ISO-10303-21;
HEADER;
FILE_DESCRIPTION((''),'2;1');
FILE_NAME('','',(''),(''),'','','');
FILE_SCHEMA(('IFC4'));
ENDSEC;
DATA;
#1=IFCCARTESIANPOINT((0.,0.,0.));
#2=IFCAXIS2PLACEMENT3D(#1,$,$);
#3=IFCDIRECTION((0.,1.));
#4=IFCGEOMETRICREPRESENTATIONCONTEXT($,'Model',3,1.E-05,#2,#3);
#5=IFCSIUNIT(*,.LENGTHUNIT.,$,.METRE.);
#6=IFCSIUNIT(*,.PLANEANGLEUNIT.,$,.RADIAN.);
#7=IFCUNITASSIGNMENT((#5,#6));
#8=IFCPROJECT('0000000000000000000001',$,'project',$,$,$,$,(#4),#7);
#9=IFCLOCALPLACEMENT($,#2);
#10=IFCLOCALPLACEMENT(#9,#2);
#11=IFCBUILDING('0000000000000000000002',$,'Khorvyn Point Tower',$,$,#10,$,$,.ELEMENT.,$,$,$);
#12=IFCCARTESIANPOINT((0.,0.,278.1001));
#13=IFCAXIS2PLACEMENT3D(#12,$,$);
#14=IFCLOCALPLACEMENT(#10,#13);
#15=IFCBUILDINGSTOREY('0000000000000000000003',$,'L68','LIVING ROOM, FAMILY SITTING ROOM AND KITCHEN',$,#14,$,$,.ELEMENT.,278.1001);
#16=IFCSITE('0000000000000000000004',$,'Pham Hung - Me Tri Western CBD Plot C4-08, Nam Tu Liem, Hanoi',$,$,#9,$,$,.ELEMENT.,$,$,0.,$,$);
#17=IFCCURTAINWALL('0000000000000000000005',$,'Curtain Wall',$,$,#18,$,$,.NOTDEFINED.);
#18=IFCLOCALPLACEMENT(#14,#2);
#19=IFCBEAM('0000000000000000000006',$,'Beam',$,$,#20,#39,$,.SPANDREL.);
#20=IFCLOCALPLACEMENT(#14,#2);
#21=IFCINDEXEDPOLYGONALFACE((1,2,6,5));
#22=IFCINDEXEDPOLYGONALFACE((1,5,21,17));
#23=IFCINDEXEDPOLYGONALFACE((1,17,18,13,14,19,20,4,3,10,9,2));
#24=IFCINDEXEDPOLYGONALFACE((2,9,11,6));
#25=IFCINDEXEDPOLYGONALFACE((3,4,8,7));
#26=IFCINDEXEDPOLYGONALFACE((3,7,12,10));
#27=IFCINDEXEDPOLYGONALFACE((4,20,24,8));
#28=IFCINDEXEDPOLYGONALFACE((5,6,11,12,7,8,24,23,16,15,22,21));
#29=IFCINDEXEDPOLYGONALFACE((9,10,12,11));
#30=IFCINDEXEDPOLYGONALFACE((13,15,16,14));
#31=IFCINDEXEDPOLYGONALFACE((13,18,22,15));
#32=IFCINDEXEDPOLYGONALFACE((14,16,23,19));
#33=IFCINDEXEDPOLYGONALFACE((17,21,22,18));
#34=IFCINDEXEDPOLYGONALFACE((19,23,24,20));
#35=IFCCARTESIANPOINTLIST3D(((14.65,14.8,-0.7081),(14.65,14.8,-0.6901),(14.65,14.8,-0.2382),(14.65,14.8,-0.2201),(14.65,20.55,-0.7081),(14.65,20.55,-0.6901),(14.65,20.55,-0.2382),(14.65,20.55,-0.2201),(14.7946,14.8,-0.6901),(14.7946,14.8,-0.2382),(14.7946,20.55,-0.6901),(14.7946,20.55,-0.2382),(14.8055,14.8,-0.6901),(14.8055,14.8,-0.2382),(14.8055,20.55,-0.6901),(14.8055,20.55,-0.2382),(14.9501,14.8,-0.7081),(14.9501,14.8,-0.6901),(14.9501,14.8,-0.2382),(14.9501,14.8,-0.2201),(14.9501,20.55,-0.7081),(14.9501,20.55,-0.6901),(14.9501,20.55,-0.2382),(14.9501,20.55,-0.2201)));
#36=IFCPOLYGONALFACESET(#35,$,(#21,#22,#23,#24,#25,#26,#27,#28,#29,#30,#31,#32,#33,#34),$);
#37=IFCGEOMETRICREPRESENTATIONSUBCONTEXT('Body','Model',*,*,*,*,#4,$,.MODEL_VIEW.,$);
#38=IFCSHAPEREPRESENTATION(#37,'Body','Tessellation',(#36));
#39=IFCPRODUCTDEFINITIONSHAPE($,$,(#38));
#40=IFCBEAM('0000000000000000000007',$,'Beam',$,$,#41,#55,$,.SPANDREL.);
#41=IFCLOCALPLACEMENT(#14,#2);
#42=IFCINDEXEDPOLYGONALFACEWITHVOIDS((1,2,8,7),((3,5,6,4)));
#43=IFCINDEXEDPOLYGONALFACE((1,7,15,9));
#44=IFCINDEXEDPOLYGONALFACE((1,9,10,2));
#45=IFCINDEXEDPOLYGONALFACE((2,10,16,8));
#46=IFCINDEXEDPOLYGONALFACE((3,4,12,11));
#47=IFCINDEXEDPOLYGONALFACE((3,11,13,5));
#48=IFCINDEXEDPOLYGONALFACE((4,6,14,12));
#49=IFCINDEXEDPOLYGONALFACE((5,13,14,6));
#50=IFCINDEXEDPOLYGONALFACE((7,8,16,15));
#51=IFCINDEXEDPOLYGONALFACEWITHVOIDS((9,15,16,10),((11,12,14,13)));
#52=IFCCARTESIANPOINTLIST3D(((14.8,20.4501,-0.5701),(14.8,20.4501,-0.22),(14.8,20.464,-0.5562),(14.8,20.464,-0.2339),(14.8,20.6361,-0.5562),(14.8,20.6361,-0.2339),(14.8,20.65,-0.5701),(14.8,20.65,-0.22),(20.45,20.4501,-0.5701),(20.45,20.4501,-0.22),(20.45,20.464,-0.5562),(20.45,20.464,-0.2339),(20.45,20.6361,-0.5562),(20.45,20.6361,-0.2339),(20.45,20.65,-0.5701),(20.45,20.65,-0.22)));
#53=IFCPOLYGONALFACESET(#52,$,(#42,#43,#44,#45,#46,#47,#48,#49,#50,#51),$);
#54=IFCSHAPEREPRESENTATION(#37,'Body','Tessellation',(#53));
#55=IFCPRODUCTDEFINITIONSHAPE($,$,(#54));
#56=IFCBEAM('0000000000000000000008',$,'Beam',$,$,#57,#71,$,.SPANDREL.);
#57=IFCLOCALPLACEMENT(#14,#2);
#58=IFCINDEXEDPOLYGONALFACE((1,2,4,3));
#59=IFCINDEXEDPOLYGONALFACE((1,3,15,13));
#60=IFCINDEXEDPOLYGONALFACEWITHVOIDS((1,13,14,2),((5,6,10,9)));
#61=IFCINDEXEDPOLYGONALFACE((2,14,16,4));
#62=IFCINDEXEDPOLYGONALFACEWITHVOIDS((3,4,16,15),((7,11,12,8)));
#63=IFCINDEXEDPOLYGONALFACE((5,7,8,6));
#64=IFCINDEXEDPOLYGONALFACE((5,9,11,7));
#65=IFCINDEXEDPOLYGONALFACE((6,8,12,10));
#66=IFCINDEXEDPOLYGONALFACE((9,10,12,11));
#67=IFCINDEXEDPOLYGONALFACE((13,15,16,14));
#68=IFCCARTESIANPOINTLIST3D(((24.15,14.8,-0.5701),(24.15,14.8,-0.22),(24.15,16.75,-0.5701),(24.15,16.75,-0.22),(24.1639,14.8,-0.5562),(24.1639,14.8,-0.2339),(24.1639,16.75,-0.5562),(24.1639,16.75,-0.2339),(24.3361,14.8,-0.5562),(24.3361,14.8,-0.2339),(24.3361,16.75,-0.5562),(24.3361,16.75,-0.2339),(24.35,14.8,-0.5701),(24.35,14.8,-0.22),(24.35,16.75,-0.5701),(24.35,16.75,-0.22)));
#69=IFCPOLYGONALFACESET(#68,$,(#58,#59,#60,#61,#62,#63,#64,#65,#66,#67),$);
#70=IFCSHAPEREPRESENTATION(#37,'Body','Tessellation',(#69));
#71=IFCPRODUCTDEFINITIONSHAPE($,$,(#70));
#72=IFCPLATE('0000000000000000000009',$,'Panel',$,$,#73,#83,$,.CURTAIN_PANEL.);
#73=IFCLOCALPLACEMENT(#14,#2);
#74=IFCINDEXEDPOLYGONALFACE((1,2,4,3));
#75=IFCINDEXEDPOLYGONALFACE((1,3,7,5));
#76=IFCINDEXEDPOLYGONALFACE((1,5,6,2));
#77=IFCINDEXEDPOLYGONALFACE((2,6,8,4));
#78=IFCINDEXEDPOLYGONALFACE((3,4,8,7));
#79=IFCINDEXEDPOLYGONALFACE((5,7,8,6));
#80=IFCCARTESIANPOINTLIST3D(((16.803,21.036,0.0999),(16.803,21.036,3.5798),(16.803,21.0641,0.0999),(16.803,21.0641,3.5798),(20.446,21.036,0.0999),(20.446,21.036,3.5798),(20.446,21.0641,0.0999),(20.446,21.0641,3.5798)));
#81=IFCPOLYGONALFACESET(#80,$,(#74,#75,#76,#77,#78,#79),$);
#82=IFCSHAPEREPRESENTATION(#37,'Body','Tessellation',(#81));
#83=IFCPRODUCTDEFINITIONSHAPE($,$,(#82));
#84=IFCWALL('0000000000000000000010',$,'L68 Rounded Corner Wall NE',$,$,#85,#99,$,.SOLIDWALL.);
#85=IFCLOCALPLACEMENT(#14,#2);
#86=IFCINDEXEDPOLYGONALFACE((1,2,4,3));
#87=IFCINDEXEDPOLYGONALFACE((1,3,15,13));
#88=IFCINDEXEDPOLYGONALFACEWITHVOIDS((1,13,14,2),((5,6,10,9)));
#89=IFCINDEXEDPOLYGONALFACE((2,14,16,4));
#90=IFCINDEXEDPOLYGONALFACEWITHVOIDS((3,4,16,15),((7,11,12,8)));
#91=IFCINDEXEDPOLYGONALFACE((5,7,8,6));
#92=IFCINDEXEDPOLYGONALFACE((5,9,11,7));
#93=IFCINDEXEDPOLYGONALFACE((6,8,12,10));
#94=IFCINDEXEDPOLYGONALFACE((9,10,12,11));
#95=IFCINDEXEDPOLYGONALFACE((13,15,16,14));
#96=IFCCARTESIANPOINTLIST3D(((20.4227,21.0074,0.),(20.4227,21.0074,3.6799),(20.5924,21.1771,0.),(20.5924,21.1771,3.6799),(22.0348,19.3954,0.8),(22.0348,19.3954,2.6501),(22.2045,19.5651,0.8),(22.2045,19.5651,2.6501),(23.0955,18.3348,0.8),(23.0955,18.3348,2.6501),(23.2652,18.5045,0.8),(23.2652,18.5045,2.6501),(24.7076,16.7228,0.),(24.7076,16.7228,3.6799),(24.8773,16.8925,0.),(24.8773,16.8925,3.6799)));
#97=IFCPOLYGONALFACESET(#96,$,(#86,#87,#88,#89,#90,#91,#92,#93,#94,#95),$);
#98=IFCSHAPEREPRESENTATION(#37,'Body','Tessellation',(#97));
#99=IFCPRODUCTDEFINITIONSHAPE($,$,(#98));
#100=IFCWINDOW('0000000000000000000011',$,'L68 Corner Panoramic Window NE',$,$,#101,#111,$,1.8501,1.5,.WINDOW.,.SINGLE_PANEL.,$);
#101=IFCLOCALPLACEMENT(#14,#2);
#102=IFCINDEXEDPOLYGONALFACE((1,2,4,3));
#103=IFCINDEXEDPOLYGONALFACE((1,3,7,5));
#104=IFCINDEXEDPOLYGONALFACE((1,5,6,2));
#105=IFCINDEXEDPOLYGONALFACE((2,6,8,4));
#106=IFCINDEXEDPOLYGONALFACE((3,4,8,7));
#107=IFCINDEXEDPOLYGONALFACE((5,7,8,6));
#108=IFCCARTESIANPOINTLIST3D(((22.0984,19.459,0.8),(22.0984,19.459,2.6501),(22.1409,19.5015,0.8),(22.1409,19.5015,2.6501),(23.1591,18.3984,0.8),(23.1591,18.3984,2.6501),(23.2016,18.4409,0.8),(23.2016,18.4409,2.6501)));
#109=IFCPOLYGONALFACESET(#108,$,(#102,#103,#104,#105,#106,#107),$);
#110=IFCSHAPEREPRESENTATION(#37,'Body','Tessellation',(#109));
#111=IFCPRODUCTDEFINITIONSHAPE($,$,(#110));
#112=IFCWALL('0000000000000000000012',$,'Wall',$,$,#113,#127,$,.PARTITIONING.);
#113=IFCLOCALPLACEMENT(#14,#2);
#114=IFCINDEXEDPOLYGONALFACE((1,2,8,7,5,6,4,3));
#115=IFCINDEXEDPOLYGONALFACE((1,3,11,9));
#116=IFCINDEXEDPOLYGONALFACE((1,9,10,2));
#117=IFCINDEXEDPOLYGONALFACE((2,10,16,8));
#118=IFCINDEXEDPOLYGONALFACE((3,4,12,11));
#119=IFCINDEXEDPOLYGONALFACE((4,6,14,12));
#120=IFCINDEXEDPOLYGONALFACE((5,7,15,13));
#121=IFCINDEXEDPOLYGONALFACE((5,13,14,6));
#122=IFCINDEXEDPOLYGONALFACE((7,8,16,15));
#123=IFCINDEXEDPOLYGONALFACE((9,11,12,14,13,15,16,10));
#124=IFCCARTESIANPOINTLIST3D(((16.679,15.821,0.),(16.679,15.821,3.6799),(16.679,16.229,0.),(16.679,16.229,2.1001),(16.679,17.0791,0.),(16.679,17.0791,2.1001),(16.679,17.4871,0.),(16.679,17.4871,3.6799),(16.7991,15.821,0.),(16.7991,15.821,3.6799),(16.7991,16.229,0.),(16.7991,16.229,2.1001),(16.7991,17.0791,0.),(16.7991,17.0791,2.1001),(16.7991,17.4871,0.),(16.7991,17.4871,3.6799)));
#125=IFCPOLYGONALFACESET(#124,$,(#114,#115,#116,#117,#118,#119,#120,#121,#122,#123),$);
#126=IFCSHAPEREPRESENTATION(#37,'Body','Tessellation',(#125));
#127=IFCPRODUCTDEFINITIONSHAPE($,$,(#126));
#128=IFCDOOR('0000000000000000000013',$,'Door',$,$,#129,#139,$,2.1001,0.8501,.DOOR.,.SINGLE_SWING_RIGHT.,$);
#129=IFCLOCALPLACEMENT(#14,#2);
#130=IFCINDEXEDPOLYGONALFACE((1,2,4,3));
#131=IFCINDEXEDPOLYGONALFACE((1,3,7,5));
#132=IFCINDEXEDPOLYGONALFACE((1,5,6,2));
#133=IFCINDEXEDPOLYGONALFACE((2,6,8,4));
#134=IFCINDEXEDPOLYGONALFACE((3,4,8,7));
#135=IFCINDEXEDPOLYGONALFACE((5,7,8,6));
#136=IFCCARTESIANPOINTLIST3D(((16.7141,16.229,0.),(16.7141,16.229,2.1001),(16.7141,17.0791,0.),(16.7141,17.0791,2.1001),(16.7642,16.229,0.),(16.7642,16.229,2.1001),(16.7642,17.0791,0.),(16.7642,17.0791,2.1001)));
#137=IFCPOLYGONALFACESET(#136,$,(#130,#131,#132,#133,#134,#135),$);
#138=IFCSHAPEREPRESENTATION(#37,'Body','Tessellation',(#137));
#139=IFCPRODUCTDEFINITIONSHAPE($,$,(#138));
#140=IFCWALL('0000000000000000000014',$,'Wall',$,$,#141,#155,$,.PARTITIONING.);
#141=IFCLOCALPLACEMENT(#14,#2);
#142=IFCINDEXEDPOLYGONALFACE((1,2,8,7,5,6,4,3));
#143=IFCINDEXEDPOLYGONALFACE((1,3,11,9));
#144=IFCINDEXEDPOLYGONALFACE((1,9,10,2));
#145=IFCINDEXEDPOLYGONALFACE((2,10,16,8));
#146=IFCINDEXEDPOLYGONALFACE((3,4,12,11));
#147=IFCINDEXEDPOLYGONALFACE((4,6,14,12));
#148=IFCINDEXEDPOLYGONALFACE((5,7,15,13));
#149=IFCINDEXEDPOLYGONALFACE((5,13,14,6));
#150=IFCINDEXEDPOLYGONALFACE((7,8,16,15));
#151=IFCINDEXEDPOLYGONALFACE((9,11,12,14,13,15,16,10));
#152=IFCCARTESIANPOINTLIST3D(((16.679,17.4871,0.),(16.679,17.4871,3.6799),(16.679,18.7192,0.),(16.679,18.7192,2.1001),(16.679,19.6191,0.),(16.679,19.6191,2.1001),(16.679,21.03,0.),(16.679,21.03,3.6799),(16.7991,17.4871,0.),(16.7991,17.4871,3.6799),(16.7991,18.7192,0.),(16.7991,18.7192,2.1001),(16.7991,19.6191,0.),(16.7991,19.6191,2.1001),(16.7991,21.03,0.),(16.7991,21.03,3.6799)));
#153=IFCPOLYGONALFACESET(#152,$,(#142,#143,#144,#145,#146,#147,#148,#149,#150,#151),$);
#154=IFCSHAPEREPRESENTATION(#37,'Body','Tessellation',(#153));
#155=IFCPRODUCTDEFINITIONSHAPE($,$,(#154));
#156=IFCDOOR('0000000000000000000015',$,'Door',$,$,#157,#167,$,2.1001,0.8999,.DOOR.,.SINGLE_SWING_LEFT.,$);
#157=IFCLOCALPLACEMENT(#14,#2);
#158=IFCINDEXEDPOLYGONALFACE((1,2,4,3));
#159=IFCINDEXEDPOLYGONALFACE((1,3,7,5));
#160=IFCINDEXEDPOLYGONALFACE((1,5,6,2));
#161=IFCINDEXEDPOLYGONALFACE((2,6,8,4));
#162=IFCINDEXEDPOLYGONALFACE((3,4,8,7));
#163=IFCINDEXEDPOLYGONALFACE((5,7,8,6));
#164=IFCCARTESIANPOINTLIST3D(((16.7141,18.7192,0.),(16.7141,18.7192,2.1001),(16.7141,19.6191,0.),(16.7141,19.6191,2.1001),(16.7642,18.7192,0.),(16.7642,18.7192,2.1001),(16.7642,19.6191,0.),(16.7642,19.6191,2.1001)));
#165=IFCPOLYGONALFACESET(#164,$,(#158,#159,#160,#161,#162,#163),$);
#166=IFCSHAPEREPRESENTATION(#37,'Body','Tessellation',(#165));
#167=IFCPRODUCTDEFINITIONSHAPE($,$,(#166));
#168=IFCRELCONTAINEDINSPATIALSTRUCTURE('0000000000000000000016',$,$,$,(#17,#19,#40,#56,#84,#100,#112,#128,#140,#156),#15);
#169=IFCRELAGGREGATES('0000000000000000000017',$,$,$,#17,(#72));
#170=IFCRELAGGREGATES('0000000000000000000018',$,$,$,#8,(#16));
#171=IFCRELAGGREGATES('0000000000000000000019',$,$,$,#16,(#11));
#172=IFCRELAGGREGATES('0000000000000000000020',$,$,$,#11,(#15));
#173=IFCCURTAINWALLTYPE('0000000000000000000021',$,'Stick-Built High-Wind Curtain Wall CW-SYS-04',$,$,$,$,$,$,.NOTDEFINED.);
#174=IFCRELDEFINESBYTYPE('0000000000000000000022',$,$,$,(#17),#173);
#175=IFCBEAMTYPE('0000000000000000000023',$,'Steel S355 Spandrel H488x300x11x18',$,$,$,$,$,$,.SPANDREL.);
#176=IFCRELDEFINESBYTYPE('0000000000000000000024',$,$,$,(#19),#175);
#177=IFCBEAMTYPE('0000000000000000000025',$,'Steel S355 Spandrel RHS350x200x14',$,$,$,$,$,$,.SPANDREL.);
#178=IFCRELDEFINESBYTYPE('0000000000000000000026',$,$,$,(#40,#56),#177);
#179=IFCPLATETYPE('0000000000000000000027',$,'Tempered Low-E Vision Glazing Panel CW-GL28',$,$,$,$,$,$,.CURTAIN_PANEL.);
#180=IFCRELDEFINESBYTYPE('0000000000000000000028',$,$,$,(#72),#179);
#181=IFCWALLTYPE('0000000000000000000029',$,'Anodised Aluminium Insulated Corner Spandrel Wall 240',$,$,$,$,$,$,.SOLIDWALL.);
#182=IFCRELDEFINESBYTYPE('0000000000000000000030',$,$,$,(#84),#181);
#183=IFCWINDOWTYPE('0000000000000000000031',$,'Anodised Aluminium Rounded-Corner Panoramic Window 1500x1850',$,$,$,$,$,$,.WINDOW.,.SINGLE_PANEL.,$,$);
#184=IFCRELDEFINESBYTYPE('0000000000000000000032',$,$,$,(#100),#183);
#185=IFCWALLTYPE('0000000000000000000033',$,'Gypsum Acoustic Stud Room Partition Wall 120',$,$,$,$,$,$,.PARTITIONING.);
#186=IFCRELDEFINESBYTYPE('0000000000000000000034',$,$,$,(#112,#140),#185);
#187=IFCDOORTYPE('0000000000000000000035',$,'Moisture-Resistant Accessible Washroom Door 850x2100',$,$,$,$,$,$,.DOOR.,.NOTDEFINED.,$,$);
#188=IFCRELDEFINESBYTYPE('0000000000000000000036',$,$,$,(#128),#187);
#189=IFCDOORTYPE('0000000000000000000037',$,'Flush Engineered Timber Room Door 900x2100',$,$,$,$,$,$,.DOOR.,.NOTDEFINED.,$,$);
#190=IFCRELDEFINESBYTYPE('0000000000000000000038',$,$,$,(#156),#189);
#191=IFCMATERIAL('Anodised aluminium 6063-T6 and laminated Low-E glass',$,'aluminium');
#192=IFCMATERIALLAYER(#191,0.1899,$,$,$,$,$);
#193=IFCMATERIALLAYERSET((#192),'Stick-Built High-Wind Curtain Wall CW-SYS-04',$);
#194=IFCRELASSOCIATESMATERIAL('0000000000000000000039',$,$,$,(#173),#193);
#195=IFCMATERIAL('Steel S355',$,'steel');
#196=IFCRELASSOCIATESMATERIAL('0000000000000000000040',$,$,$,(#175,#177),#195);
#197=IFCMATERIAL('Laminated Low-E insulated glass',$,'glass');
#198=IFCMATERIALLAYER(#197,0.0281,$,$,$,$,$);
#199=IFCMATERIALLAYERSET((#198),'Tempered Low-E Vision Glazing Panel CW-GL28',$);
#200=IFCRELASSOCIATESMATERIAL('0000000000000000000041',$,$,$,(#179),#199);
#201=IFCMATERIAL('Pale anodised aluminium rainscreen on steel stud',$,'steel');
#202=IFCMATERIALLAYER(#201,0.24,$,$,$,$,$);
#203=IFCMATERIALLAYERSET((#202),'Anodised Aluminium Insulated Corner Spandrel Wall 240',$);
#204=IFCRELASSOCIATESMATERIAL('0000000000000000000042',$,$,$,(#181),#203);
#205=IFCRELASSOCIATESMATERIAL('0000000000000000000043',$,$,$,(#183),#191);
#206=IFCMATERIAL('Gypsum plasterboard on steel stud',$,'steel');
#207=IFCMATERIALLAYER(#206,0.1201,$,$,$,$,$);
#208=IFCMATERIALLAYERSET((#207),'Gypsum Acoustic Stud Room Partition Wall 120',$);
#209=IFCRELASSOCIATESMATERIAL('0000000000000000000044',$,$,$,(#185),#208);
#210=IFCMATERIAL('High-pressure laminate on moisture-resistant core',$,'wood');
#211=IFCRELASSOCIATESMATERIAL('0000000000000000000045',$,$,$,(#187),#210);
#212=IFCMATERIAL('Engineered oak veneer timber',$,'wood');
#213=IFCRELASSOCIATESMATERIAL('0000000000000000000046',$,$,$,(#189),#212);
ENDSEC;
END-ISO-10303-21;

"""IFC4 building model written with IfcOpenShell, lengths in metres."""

from ifc_helpers import new_model, si_unit, direction, frame, frame_2d, origin, origin_2d, place, context, subcontext, project, spatial, rectangle, hollow_rectangle, i_section, extrude, material, layer, layer_set, material_profile, profile_set, type_object, element, fill, aggregate, save


model = new_model("IFC4")

# Units and contexts
model_context = context("Model", 3, precision=1e-05, world=origin(), true_north=direction((0.0, 1.0)))
body_context = subcontext(model_context, "Body", "Model", "MODEL_VIEW")
ifc_project = project(units=[si_unit("LENGTHUNIT", "METRE"), si_unit("PLANEANGLEUNIT", "RADIAN")], contexts=[model_context])

# Site, building, storey
site_placement = place(None, origin())
site = spatial("IfcSite", under=ifc_project, at=site_placement, Name="Pham Hung - Me Tri Western CBD Plot C4-08, Nam Tu Liem, Hanoi", CompositionType="ELEMENT", RefElevation=0.0)
building_placement = place(site_placement, origin())
building = spatial("IfcBuilding", under=site, at=building_placement, Name="Khorvyn Point Tower", CompositionType="ELEMENT")
storey_placement = place(building_placement, frame((0.0, 0.0, 278.1001)))
storey = spatial("IfcBuildingStorey", under=building, at=storey_placement, Name="L68", Description="LIVING ROOM, FAMILY SITTING ROOM AND KITCHEN", CompositionType="ELEMENT", Elevation=278.1001)

# Shared definitions
ifc_material_1 = material(Name="Steel S355", Category="steel")

# Curtain wall
ifc_material_2 = material(Name="Anodised aluminium 6063-T6 and laminated Low-E glass", Category="aluminium")
ifc_layer_1 = layer(ifc_material_2, 0.1899)
ifc_layer_set_1 = layer_set([ifc_layer_1], Name="Stick-Built High-Wind Curtain Wall CW-SYS-04")
curtain_wall_type = type_object("IfcCurtainWallType", Name="Stick-Built High-Wind Curtain Wall CW-SYS-04", PredefinedType="NOTDEFINED", material=ifc_layer_set_1)
curtain_wall_1_placement = place(storey_placement, origin())
curtain_wall_1 = element("IfcCurtainWall", 1, at=curtain_wall_1_placement, inside=storey, type_object=curtain_wall_type, Name="Curtain Wall", PredefinedType="NOTDEFINED")

# Beams
ifc_material_profile_1 = material_profile(ifc_material_1, i_section(OverallWidth=0.3, OverallDepth=0.488, WebThickness=0.011, FlangeThickness=0.0181, at=origin_2d()))
ifc_profile_set_1 = profile_set([ifc_material_profile_1], Name="Steel S355 H488x300x11x18")
beam_type_1 = type_object("IfcBeamType", Name="Steel S355 Spandrel H488x300x11x18", PredefinedType="SPANDREL", material=ifc_profile_set_1)
beam_1_placement = place(storey_placement, frame((14.8, 14.8, -0.4641), z_axis=(0.0, 1.0, 0.0), x_axis=(-1.0, 0.0, 0.0)))
element("IfcBeam", 2, at=beam_1_placement, inside=storey, type_object=beam_type_1, Name="Beam", PredefinedType="SPANDREL", context=body_context, shape_type="SweptSolid", body=[
    extrude(i_section(OverallWidth=0.3, OverallDepth=0.488, WebThickness=0.011, FlangeThickness=0.0181, at=origin_2d()), origin(), (0.0, 0.0, 1.0), 5.75),
])
ifc_material_profile_2 = material_profile(ifc_material_1, hollow_rectangle(XDim=0.2, YDim=0.3501, WallThickness=0.0139, at=origin_2d()))
ifc_profile_set_2 = profile_set([ifc_material_profile_2], Name="Steel S355 RHS350x200x14")
beam_type_2 = type_object("IfcBeamType", Name="Steel S355 Spandrel RHS350x200x14", PredefinedType="SPANDREL", material=ifc_profile_set_2)
beam_2_placement = place(storey_placement, frame((14.8, 20.55, -0.395), z_axis=(1.0, 0.0, 0.0), x_axis=(0.0, 1.0, 0.0)))
element("IfcBeam", 3, at=beam_2_placement, inside=storey, type_object=beam_type_2, Name="Beam", PredefinedType="SPANDREL", context=body_context, shape_type="SweptSolid", body=[
    extrude(hollow_rectangle(XDim=0.2, YDim=0.3501, WallThickness=0.0139, at=origin_2d()), origin(), (0.0, 0.0, 1.0), 5.6499),
])
beam_3_placement = place(storey_placement, frame((24.25, 14.8, -0.395), z_axis=(0.0, 1.0, 0.0), x_axis=(-1.0, 0.0, 0.0)))
element("IfcBeam", 4, at=beam_3_placement, inside=storey, type_object=beam_type_2, Name="Beam", PredefinedType="SPANDREL", context=body_context, shape_type="SweptSolid", body=[
    extrude(hollow_rectangle(XDim=0.2, YDim=0.3501, WallThickness=0.0139, at=origin_2d()), origin(), (0.0, 0.0, 1.0), 1.95),
])

# Plate
ifc_material_3 = material(Name="Laminated Low-E insulated glass", Category="glass")
ifc_layer_2 = layer(ifc_material_3, 0.0281)
ifc_layer_set_2 = layer_set([ifc_layer_2], Name="Tempered Low-E Vision Glazing Panel CW-GL28")
plate_type = type_object("IfcPlateType", Name="Tempered Low-E Vision Glazing Panel CW-GL28", PredefinedType="CURTAIN_PANEL", material=ifc_layer_set_2)
plate_placement = place(storey_placement, frame((18.6245, 21.05, 0.0999), z_axis=(0.0, 0.0, 1.0), x_axis=(1.0, 0.0, 0.0)))
plate = element("IfcPlate", 5, at=plate_placement, type_object=plate_type, Name="Panel", PredefinedType="CURTAIN_PANEL", context=body_context, shape_type="SweptSolid", body=[
    extrude(rectangle(XDim=3.6431, YDim=0.0281, at=origin_2d()), origin(), (0.0, 0.0, 1.0), 3.48),
])
aggregate(curtain_wall_1, [plate])

# Wall, opening, window
ifc_material_4 = material(Name="Pale anodised aluminium rainscreen on steel stud", Category="steel")
ifc_layer_3 = layer(ifc_material_4, 0.24)
ifc_layer_set_3 = layer_set([ifc_layer_3], Name="Anodised Aluminium Insulated Corner Spandrel Wall 240")
wall_type_1 = type_object("IfcWallType", Name="Anodised Aluminium Insulated Corner Spandrel Wall 240", PredefinedType="SOLIDWALL", material=ifc_layer_set_3)
wall_1_placement = place(storey_placement, frame((20.5076, 21.0923, 0.0), z_axis=(0.0, 0.0, 1.0), x_axis=(0.707127, -0.707087, 0.0)))
wall_1 = element("IfcWall", 6, at=wall_1_placement, inside=storey, type_object=wall_type_1, Name="L68 Rounded Corner Wall NE", PredefinedType="SOLIDWALL", context=body_context, shape_type="SweptSolid", body=[
    extrude(rectangle(XDim=6.0596, YDim=0.24, at=frame_2d((3.0298, 0.0))), origin(), (0.0, 0.0, 1.0), 3.6799),
])
opening_1_placement = place(wall_1_placement, frame((2.2798, 0.0, 0.8)))
opening_1 = element("IfcOpeningElement", 7, at=opening_1_placement, cuts=wall_1, PredefinedType="OPENING", context=body_context, shape_type="SweptSolid", body=[
    extrude(rectangle(XDim=1.5, YDim=1.8501, at=frame_2d((0.75, 0.925))), frame((0.0, 0.1299, 0.0), z_axis=(0.0, -1.0, 0.0), x_axis=(1.0, 0.0, 0.0)), (0.0, 0.0, 1.0), 0.26),
])
window_type = type_object("IfcWindowType", Name="Anodised Aluminium Rounded-Corner Panoramic Window 1500x1850", PartitioningType="SINGLE_PANEL", PredefinedType="WINDOW", material=ifc_material_2)
window_placement = place(opening_1_placement, origin())
window = element("IfcWindow", 8, at=window_placement, inside=storey, type_object=window_type, Name="L68 Corner Panoramic Window NE", OverallHeight=1.8501, OverallWidth=1.5, PartitioningType="SINGLE_PANEL", PredefinedType="WINDOW", context=body_context, shape_type="SweptSolid", body=[
    extrude(rectangle(XDim=1.5, YDim=1.8501, at=frame_2d((0.75, 0.925))), frame((0.0, 0.03, 0.0), z_axis=(0.0, -1.0, 0.0), x_axis=(1.0, 0.0, 0.0)), (0.0, 0.0, 1.0), 0.0601),
])
fill(opening_1, window)

# Walls, openings, doors
ifc_material_5 = material(Name="Gypsum plasterboard on steel stud", Category="steel")
ifc_layer_4 = layer(ifc_material_5, 0.1201)
ifc_layer_set_4 = layer_set([ifc_layer_4], Name="Gypsum Acoustic Stud Room Partition Wall 120")
wall_type_2 = type_object("IfcWallType", Name="Gypsum Acoustic Stud Room Partition Wall 120", PredefinedType="PARTITIONING", material=ifc_layer_set_4)
wall_2_placement = place(storey_placement, frame((16.739, 15.821, 0.0), z_axis=(0.0, 0.0, 1.0), x_axis=(0.0, 1.0, 0.0)))
wall_2 = element("IfcWall", 9, at=wall_2_placement, inside=storey, type_object=wall_type_2, Name="Wall", PredefinedType="PARTITIONING", context=body_context, shape_type="SweptSolid", body=[
    extrude(rectangle(XDim=1.666, YDim=0.1201, at=frame_2d((0.833, 0.0))), origin(), (0.0, 0.0, 1.0), 3.6799),
])
opening_2_placement = place(wall_2_placement, frame((0.408, 0.0, 0.0)))
opening_2 = element("IfcOpeningElement", 10, at=opening_2_placement, cuts=wall_2, PredefinedType="OPENING", context=body_context, shape_type="SweptSolid", body=[
    extrude(rectangle(XDim=0.8501, YDim=2.1001, at=frame_2d((0.425, 1.05))), frame((0.0, 0.0701, 0.0), z_axis=(0.0, -1.0, 0.0), x_axis=(1.0, 0.0, 0.0)), (0.0, 0.0, 1.0), 0.1401),
])
ifc_material_6 = material(Name="High-pressure laminate on moisture-resistant core", Category="wood")
door_type_1 = type_object("IfcDoorType", Name="Moisture-Resistant Accessible Washroom Door 850x2100", OperationType="NOTDEFINED", PredefinedType="DOOR", material=ifc_material_6)
door_1_placement = place(opening_2_placement, origin())
door_1 = element("IfcDoor", 11, at=door_1_placement, inside=storey, type_object=door_type_1, Name="Door", OperationType="SINGLE_SWING_RIGHT", OverallHeight=2.1001, OverallWidth=0.8501, PredefinedType="DOOR", context=body_context, shape_type="SweptSolid", body=[
    extrude(rectangle(XDim=0.8501, YDim=2.1001, at=frame_2d((0.425, 1.05))), frame((0.0, 0.0249, 0.0), z_axis=(0.0, -1.0, 0.0), x_axis=(1.0, 0.0, 0.0)), (0.0, 0.0, 1.0), 0.05),
])
fill(opening_2, door_1)
wall_3_placement = place(storey_placement, frame((16.739, 17.4871, 0.0), z_axis=(0.0, 0.0, 1.0), x_axis=(0.0, 1.0, 0.0)))
wall_3 = element("IfcWall", 12, at=wall_3_placement, inside=storey, type_object=wall_type_2, Name="Wall", PredefinedType="PARTITIONING", context=body_context, shape_type="SweptSolid", body=[
    extrude(rectangle(XDim=3.543, YDim=0.1201, at=frame_2d((1.7715, 0.0))), origin(), (0.0, 0.0, 1.0), 3.6799),
])
opening_3_placement = place(wall_3_placement, frame((1.2322, 0.0, 0.0)))
opening_3 = element("IfcOpeningElement", 13, at=opening_3_placement, cuts=wall_3, PredefinedType="OPENING", context=body_context, shape_type="SweptSolid", body=[
    extrude(rectangle(XDim=0.8999, YDim=2.1001, at=frame_2d((0.45, 1.05))), frame((0.0, 0.0701, 0.0), z_axis=(0.0, -1.0, 0.0), x_axis=(1.0, 0.0, 0.0)), (0.0, 0.0, 1.0), 0.1401),
])
ifc_material_7 = material(Name="Engineered oak veneer timber", Category="wood")
door_type_2 = type_object("IfcDoorType", Name="Flush Engineered Timber Room Door 900x2100", OperationType="NOTDEFINED", PredefinedType="DOOR", material=ifc_material_7)
door_2_placement = place(opening_3_placement, origin())
door_2 = element("IfcDoor", 14, at=door_2_placement, inside=storey, type_object=door_type_2, Name="Door", OperationType="SINGLE_SWING_LEFT", OverallHeight=2.1001, OverallWidth=0.8999, PredefinedType="DOOR", context=body_context, shape_type="SweptSolid", body=[
    extrude(rectangle(XDim=0.8999, YDim=2.1001, at=frame_2d((0.45, 1.05))), frame((0.0, 0.0249, 0.0), z_axis=(0.0, -1.0, 0.0), x_axis=(1.0, 0.0, 0.0)), (0.0, 0.0, 1.0), 0.05),
])
fill(opening_3, door_2)

save(model, "model.ifc")
